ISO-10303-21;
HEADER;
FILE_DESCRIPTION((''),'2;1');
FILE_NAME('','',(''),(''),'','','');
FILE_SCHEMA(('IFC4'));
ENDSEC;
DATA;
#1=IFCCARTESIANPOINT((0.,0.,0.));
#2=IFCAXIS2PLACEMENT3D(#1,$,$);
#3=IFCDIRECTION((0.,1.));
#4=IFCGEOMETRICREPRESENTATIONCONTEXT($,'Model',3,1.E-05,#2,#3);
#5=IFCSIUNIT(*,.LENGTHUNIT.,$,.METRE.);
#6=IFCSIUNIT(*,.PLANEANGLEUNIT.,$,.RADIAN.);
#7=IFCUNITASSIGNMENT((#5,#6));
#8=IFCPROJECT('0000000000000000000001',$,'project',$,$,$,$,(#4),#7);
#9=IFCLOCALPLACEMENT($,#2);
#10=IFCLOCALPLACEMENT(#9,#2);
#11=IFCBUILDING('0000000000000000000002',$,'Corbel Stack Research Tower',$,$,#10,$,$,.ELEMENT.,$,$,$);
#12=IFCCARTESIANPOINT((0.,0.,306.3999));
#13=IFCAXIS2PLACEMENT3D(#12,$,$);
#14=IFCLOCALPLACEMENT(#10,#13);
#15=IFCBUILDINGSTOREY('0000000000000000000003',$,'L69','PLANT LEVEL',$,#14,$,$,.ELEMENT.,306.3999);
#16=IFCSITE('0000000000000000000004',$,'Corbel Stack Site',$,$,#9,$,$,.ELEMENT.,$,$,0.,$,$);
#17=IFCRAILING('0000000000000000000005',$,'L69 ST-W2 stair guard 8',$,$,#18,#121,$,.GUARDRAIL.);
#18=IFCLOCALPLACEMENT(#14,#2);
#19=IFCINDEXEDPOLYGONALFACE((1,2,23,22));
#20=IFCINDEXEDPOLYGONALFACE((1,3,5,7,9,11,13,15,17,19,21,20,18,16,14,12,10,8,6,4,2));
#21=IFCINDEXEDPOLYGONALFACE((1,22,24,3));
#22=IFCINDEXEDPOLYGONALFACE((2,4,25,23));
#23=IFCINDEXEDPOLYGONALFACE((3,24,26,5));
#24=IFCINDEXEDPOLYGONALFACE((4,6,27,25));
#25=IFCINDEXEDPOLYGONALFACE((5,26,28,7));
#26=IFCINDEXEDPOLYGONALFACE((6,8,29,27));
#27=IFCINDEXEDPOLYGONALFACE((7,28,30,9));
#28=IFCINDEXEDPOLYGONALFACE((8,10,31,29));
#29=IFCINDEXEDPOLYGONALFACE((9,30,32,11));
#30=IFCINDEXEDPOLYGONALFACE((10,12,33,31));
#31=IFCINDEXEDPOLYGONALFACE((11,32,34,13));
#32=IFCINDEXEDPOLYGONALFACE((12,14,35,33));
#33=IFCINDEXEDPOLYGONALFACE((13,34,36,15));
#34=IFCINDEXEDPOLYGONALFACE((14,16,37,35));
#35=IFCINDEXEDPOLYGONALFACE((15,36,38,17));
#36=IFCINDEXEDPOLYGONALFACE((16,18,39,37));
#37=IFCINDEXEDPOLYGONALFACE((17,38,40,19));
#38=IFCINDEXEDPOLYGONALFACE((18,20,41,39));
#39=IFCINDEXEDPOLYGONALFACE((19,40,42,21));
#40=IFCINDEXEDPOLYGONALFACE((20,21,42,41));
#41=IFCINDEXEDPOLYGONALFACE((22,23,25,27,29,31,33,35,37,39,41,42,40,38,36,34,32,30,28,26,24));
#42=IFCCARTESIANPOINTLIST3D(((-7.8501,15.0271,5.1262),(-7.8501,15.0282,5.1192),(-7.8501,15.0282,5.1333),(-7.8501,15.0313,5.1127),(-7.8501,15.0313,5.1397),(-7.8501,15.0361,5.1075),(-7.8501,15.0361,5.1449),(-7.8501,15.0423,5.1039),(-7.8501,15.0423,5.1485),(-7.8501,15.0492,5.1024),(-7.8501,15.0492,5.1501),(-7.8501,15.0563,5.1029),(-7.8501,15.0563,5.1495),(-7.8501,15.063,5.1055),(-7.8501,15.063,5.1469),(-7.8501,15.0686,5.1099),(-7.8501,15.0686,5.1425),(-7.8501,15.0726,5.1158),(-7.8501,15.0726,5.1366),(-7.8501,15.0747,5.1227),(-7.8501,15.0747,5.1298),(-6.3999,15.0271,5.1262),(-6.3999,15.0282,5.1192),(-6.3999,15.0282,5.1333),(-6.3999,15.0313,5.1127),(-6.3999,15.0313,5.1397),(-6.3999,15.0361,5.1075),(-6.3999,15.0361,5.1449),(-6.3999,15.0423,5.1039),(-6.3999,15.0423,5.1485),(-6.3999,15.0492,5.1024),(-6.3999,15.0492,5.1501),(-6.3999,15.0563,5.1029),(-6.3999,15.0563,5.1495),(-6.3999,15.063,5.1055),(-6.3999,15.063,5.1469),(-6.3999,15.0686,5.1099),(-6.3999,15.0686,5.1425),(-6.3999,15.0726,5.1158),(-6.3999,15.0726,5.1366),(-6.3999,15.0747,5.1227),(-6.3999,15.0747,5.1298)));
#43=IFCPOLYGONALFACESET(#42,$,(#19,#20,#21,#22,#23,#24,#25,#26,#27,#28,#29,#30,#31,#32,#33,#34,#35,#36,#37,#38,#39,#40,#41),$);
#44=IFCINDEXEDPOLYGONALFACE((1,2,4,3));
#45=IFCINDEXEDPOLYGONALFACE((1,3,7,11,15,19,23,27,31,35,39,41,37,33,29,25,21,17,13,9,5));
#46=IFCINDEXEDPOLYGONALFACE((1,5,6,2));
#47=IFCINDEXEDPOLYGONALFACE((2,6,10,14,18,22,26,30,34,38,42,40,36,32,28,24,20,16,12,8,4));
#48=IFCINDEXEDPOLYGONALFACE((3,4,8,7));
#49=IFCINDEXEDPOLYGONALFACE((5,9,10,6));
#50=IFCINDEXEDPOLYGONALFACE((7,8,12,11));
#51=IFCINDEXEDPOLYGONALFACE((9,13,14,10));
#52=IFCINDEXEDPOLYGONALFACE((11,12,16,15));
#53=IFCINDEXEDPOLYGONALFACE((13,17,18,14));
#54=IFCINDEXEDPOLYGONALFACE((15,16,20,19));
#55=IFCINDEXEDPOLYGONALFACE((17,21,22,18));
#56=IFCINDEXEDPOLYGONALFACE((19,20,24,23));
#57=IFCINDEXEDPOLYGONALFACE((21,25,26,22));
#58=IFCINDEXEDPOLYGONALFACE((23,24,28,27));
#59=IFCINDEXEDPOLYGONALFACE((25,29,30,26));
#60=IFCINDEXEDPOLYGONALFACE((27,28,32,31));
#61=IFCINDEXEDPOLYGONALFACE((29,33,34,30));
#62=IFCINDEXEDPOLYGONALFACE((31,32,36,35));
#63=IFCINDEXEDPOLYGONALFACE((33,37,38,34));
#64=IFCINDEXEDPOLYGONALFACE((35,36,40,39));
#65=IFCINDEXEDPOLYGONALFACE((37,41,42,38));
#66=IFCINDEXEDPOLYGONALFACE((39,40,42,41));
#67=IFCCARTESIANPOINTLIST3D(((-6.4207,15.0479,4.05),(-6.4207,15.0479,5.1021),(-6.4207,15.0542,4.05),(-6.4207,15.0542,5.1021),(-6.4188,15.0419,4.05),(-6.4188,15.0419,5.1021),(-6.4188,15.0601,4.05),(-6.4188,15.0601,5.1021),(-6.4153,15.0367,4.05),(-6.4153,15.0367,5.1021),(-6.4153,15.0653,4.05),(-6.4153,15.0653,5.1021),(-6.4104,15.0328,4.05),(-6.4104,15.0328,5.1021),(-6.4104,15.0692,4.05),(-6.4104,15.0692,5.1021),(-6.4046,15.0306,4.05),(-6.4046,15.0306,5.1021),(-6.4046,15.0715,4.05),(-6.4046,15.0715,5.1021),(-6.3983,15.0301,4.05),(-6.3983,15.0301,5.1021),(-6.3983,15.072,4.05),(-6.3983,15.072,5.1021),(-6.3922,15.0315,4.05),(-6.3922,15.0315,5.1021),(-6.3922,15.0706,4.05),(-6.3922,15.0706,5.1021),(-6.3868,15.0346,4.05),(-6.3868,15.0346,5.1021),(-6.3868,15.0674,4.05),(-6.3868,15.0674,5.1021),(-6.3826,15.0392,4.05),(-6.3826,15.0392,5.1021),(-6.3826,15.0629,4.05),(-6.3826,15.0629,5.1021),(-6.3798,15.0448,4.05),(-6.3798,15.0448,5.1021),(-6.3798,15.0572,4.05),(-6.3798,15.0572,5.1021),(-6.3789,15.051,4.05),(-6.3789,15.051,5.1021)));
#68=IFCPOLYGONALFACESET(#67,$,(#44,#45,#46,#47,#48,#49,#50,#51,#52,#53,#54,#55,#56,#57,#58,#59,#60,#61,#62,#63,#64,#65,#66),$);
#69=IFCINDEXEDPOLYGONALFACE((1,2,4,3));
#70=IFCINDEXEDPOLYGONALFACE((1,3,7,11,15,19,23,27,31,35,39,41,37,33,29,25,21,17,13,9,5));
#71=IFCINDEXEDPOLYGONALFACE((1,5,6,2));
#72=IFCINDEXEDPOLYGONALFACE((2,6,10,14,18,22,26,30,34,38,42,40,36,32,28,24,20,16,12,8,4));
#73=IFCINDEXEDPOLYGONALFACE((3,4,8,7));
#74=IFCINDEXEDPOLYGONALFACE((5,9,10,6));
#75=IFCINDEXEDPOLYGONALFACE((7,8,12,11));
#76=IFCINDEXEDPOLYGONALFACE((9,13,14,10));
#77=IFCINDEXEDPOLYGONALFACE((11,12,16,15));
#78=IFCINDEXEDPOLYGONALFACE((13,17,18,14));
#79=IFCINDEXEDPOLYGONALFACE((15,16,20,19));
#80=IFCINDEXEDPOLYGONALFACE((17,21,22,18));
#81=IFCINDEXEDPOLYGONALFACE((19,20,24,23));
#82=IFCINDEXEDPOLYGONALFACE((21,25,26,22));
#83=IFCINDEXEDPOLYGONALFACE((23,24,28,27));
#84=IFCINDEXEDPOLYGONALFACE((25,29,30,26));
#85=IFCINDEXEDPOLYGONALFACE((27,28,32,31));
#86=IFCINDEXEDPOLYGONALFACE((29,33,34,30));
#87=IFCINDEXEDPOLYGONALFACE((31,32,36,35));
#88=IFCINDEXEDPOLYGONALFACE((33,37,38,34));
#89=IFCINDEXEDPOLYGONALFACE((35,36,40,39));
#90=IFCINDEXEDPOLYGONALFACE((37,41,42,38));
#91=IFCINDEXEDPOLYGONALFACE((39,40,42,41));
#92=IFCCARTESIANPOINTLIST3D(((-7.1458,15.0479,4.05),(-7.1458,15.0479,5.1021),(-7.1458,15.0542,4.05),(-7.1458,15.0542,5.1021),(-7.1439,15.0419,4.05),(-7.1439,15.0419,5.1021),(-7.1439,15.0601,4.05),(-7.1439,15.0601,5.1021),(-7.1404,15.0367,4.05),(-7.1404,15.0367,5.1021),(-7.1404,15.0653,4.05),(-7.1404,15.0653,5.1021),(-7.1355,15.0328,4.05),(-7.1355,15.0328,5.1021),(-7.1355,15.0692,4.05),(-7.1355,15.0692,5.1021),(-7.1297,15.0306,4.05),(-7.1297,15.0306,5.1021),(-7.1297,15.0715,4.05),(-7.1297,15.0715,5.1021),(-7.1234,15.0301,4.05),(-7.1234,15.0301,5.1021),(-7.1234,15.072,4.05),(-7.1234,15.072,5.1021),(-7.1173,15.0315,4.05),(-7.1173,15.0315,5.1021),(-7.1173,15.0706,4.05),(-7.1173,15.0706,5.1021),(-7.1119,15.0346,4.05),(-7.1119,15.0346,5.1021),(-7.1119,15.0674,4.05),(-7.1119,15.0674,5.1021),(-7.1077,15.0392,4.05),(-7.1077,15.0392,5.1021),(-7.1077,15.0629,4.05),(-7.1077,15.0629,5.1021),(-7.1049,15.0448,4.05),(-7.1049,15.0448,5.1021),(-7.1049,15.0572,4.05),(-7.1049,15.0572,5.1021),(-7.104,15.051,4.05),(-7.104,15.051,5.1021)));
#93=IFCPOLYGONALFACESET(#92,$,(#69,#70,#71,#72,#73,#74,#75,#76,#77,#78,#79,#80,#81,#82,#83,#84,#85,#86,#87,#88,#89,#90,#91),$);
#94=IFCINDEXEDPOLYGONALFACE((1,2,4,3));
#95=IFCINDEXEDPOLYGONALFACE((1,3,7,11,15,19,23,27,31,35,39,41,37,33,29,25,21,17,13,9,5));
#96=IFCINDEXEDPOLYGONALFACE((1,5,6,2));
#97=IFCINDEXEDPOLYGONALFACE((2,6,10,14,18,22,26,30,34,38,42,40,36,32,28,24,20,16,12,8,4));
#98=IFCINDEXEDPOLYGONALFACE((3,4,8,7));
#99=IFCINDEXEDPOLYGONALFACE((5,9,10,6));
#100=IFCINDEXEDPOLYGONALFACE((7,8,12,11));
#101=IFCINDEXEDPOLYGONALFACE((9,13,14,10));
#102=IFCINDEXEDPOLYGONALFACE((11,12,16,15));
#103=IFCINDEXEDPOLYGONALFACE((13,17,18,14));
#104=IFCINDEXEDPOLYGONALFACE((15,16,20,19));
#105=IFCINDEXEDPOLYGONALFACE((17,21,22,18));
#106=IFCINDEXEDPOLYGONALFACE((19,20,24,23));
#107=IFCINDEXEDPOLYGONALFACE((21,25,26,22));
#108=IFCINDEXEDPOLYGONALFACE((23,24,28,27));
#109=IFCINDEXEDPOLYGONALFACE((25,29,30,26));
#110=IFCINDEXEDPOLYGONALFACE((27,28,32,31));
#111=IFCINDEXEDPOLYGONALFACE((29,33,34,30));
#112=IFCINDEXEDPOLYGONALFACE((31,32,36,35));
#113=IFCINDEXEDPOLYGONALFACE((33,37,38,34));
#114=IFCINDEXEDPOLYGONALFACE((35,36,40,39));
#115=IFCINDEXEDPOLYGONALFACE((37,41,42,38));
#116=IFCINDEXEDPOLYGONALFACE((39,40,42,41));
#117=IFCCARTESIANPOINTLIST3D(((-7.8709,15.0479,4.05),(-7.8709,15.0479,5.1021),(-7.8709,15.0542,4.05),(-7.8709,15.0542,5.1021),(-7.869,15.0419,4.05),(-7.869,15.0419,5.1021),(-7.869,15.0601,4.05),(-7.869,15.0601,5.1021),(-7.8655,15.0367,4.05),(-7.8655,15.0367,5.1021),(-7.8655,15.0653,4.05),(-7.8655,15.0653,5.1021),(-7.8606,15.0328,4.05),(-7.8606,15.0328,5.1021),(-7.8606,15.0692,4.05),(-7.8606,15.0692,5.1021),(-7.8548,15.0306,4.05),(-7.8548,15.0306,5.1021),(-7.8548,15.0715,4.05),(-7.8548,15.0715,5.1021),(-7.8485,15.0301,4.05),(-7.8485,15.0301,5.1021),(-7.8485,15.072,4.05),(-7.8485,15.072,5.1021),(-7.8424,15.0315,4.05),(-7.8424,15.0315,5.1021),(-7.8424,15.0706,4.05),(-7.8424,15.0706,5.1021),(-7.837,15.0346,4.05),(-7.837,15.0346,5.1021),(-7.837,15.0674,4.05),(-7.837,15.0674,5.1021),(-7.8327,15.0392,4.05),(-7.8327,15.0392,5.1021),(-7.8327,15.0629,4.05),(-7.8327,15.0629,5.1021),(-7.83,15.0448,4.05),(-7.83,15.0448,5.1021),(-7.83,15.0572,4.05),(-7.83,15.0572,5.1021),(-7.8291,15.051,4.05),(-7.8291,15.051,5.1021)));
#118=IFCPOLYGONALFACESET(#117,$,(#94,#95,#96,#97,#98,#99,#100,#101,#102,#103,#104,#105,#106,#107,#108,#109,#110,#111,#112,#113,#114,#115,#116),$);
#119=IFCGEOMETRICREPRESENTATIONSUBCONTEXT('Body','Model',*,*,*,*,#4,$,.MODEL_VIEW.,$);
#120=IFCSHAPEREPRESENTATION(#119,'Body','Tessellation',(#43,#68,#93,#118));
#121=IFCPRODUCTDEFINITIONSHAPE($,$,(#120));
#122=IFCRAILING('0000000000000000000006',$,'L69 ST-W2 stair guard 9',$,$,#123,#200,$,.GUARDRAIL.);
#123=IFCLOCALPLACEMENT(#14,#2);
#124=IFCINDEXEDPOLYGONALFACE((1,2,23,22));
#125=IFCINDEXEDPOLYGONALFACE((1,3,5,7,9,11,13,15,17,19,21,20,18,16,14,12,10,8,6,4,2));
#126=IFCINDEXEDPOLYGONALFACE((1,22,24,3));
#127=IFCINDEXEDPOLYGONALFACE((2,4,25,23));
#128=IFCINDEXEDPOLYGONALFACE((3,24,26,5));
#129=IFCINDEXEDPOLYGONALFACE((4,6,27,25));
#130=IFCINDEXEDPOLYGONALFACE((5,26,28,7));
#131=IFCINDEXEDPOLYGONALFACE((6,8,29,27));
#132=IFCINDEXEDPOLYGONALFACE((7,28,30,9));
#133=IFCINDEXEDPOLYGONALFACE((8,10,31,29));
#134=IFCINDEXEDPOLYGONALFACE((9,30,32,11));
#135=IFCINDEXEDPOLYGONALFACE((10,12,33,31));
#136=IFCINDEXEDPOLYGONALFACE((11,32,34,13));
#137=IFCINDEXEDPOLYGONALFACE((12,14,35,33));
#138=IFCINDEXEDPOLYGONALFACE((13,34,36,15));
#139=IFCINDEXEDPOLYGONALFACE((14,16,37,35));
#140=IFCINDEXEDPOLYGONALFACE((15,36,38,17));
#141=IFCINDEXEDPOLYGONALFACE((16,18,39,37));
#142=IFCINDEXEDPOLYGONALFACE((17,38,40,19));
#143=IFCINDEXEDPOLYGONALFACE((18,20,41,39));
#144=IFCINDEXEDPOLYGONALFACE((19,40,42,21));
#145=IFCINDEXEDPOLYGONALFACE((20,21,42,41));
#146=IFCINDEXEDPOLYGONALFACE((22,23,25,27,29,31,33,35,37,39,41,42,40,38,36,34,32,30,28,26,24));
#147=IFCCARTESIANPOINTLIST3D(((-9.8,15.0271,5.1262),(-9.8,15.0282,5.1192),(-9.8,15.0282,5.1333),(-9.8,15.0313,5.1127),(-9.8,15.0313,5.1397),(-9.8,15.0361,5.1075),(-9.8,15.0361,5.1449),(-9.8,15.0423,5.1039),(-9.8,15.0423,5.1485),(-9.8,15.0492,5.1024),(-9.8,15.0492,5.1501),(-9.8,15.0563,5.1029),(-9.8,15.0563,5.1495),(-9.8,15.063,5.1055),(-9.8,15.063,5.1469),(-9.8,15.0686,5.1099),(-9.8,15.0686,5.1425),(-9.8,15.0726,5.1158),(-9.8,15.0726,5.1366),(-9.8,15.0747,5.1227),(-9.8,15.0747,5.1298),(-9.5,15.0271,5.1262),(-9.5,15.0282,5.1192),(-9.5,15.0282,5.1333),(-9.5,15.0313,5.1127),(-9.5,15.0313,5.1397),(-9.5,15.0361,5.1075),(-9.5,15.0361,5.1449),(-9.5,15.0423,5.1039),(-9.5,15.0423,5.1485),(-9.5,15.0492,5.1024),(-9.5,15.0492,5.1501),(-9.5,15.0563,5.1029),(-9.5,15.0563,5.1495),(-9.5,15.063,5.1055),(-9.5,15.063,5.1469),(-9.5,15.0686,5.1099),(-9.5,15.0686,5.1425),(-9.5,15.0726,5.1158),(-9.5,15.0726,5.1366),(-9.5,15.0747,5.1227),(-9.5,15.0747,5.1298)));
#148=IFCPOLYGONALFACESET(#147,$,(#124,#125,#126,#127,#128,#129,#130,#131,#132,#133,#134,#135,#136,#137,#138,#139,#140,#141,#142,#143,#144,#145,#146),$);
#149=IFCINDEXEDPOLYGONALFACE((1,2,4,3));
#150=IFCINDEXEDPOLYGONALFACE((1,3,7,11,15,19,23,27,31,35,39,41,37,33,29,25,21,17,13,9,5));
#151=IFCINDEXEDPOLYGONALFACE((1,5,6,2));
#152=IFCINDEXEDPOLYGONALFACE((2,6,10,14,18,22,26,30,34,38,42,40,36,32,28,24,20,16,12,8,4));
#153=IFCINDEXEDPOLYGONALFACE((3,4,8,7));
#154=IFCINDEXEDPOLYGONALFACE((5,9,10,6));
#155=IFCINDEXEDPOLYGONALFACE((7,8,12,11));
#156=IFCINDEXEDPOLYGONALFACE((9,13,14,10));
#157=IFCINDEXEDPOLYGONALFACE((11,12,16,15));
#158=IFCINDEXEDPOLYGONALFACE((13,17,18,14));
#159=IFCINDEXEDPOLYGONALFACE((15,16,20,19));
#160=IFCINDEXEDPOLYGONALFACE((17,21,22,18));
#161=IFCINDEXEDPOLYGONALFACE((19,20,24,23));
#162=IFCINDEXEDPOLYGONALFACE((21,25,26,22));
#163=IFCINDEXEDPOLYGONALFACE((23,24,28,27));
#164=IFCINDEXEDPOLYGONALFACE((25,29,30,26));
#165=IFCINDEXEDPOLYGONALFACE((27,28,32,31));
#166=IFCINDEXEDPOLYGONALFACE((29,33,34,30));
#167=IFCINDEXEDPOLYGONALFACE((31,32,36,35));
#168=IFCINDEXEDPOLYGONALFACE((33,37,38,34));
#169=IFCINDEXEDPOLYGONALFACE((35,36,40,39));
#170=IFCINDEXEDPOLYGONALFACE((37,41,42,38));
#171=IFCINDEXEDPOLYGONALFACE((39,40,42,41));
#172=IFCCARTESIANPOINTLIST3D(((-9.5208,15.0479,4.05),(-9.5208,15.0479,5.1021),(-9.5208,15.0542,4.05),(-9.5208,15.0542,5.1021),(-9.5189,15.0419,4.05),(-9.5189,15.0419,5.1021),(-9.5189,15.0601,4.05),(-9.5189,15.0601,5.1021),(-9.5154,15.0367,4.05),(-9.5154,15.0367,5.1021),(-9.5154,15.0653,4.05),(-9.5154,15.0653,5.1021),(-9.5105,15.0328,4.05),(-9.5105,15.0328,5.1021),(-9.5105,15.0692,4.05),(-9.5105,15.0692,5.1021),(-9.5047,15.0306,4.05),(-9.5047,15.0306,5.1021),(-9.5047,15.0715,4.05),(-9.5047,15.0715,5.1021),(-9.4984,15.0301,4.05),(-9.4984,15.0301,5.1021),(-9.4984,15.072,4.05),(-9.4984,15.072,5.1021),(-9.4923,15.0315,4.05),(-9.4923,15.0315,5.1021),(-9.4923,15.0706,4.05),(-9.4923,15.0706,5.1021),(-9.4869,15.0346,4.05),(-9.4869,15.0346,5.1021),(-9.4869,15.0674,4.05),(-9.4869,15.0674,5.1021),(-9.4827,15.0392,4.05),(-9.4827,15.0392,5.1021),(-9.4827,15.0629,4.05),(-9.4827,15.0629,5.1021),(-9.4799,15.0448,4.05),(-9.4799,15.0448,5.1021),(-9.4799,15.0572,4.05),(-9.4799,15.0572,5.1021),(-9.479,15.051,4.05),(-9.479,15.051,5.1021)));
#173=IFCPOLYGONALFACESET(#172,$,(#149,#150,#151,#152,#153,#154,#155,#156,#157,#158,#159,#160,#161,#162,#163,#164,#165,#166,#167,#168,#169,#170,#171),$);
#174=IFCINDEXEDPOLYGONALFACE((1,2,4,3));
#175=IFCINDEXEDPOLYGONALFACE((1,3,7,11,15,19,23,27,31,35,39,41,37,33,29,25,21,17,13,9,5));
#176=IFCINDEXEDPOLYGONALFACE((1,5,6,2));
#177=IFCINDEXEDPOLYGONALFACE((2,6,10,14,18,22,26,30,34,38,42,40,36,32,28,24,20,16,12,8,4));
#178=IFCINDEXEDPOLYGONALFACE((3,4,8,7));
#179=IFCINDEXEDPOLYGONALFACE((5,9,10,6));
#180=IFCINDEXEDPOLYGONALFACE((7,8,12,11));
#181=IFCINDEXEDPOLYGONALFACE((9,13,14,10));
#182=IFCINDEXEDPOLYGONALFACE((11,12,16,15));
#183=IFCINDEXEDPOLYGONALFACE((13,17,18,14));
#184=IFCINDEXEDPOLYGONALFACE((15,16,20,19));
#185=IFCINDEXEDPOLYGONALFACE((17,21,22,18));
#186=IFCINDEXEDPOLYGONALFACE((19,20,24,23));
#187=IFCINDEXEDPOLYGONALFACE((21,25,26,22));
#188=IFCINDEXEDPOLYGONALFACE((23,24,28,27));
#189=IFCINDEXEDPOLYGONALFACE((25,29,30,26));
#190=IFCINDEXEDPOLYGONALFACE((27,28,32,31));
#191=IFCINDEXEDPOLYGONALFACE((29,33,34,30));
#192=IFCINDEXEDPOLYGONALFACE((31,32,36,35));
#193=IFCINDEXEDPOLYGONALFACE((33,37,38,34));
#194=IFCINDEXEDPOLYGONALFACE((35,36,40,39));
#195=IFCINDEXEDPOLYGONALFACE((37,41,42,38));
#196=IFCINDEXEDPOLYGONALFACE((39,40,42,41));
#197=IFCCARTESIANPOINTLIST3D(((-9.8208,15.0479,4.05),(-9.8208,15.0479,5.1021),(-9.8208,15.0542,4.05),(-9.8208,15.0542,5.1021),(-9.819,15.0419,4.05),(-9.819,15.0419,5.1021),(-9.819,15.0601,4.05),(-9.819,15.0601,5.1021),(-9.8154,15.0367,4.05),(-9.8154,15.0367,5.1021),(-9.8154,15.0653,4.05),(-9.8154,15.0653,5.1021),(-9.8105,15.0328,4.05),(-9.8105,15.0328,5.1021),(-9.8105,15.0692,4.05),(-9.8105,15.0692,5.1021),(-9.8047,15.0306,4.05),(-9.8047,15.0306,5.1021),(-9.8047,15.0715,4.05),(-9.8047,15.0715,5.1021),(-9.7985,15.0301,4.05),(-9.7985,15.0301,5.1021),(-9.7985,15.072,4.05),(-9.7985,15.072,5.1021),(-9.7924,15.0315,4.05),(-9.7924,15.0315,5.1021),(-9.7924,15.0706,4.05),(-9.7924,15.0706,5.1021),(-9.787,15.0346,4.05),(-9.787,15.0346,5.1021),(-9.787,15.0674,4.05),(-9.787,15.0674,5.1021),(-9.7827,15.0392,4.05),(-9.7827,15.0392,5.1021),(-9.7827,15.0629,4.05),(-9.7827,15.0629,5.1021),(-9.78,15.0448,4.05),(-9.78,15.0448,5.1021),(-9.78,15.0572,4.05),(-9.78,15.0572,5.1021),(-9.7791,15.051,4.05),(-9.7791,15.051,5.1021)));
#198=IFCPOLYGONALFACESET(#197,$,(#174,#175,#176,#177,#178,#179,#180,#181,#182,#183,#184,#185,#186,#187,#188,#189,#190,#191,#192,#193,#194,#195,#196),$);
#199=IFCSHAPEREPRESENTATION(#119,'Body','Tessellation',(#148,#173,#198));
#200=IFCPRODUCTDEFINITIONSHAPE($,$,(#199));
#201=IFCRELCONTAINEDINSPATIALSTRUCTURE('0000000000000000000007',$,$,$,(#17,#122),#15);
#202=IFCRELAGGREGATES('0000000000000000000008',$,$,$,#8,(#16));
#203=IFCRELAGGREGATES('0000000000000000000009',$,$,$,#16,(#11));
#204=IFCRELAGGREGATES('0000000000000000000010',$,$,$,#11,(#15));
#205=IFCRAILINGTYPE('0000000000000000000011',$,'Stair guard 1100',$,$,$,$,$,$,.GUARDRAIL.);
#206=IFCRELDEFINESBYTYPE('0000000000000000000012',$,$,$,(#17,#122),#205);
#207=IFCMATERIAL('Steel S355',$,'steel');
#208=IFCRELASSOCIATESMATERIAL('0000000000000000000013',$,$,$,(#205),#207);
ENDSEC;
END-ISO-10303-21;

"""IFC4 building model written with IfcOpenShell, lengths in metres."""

from ifc_helpers import new_model, si_unit, direction, frame, origin, origin_2d, place, context, subcontext, project, spatial, circle, extrude, material, type_object, element, save


model = new_model("IFC4")

# Units and contexts
model_context = context("Model", 3, precision=1e-05, world=origin(), true_north=direction((0.0, 1.0)))
body_context = subcontext(model_context, "Body", "Model", "MODEL_VIEW")
ifc_project = project(units=[si_unit("LENGTHUNIT", "METRE"), si_unit("PLANEANGLEUNIT", "RADIAN")], contexts=[model_context])

# Site, building, storey
site_placement = place(None, origin())
site = spatial("IfcSite", under=ifc_project, at=site_placement, Name="Corbel Stack Site", CompositionType="ELEMENT", RefElevation=0.0)
building_placement = place(site_placement, origin())
building = spatial("IfcBuilding", under=site, at=building_placement, Name="Corbel Stack Research Tower", CompositionType="ELEMENT")
storey_placement = place(building_placement, frame((0.0, 0.0, 306.3999)))
storey = spatial("IfcBuildingStorey", under=building, at=storey_placement, Name="L69", Description="PLANT LEVEL", CompositionType="ELEMENT", Elevation=306.3999)

# Railings
ifc_material_1 = material(Name="Steel S355", Category="steel")
railing_type_1 = type_object("IfcRailingType", Name="Stair guard 1100", PredefinedType="GUARDRAIL", material=ifc_material_1)
railing_1_placement = place(storey_placement, frame((-6.3999, 15.051, 4.05)))
element("IfcRailing", 1, at=railing_1_placement, inside=storey, type_object=railing_type_1, Name="L69 ST-W2 stair guard 8", PredefinedType="GUARDRAIL", context=body_context, shape_type="SweptSolid", body=[
    extrude(circle(Radius=0.0239, at=origin_2d()), frame((0.0, 0.0, 1.0762), z_axis=(-1.0, 0.0, 0.0), x_axis=(0.0, -1.0, 0.0)), (0.0, 0.0, 1.0), 1.4502),
    extrude(circle(Radius=0.021, at=origin_2d()), origin(), (0.0, 0.0, 1.0), 1.052),
    extrude(circle(Radius=0.021, at=origin_2d()), frame((-0.7251, 0.0, 0.0)), (0.0, 0.0, 1.0), 1.052),
    extrude(circle(Radius=0.021, at=origin_2d()), frame((-1.4502, 0.0, 0.0)), (0.0, 0.0, 1.0), 1.052),
])
railing_2_placement = place(storey_placement, frame((-9.5, 15.051, 4.05)))
element("IfcRailing", 2, at=railing_2_placement, inside=storey, type_object=railing_type_1, Name="L69 ST-W2 stair guard 9", PredefinedType="GUARDRAIL", context=body_context, shape_type="SweptSolid", body=[
    extrude(circle(Radius=0.0239, at=origin_2d()), frame((0.0, 0.0, 1.0762), z_axis=(-1.0, 0.0, 0.0), x_axis=(0.0, -1.0, 0.0)), (0.0, 0.0, 1.0), 0.3),
    extrude(circle(Radius=0.021, at=origin_2d()), origin(), (0.0, 0.0, 1.0), 1.052),
    extrude(circle(Radius=0.021, at=origin_2d()), frame((-0.3, 0.0, 0.0)), (0.0, 0.0, 1.0), 1.052),
])

save(model, "model.ifc")
